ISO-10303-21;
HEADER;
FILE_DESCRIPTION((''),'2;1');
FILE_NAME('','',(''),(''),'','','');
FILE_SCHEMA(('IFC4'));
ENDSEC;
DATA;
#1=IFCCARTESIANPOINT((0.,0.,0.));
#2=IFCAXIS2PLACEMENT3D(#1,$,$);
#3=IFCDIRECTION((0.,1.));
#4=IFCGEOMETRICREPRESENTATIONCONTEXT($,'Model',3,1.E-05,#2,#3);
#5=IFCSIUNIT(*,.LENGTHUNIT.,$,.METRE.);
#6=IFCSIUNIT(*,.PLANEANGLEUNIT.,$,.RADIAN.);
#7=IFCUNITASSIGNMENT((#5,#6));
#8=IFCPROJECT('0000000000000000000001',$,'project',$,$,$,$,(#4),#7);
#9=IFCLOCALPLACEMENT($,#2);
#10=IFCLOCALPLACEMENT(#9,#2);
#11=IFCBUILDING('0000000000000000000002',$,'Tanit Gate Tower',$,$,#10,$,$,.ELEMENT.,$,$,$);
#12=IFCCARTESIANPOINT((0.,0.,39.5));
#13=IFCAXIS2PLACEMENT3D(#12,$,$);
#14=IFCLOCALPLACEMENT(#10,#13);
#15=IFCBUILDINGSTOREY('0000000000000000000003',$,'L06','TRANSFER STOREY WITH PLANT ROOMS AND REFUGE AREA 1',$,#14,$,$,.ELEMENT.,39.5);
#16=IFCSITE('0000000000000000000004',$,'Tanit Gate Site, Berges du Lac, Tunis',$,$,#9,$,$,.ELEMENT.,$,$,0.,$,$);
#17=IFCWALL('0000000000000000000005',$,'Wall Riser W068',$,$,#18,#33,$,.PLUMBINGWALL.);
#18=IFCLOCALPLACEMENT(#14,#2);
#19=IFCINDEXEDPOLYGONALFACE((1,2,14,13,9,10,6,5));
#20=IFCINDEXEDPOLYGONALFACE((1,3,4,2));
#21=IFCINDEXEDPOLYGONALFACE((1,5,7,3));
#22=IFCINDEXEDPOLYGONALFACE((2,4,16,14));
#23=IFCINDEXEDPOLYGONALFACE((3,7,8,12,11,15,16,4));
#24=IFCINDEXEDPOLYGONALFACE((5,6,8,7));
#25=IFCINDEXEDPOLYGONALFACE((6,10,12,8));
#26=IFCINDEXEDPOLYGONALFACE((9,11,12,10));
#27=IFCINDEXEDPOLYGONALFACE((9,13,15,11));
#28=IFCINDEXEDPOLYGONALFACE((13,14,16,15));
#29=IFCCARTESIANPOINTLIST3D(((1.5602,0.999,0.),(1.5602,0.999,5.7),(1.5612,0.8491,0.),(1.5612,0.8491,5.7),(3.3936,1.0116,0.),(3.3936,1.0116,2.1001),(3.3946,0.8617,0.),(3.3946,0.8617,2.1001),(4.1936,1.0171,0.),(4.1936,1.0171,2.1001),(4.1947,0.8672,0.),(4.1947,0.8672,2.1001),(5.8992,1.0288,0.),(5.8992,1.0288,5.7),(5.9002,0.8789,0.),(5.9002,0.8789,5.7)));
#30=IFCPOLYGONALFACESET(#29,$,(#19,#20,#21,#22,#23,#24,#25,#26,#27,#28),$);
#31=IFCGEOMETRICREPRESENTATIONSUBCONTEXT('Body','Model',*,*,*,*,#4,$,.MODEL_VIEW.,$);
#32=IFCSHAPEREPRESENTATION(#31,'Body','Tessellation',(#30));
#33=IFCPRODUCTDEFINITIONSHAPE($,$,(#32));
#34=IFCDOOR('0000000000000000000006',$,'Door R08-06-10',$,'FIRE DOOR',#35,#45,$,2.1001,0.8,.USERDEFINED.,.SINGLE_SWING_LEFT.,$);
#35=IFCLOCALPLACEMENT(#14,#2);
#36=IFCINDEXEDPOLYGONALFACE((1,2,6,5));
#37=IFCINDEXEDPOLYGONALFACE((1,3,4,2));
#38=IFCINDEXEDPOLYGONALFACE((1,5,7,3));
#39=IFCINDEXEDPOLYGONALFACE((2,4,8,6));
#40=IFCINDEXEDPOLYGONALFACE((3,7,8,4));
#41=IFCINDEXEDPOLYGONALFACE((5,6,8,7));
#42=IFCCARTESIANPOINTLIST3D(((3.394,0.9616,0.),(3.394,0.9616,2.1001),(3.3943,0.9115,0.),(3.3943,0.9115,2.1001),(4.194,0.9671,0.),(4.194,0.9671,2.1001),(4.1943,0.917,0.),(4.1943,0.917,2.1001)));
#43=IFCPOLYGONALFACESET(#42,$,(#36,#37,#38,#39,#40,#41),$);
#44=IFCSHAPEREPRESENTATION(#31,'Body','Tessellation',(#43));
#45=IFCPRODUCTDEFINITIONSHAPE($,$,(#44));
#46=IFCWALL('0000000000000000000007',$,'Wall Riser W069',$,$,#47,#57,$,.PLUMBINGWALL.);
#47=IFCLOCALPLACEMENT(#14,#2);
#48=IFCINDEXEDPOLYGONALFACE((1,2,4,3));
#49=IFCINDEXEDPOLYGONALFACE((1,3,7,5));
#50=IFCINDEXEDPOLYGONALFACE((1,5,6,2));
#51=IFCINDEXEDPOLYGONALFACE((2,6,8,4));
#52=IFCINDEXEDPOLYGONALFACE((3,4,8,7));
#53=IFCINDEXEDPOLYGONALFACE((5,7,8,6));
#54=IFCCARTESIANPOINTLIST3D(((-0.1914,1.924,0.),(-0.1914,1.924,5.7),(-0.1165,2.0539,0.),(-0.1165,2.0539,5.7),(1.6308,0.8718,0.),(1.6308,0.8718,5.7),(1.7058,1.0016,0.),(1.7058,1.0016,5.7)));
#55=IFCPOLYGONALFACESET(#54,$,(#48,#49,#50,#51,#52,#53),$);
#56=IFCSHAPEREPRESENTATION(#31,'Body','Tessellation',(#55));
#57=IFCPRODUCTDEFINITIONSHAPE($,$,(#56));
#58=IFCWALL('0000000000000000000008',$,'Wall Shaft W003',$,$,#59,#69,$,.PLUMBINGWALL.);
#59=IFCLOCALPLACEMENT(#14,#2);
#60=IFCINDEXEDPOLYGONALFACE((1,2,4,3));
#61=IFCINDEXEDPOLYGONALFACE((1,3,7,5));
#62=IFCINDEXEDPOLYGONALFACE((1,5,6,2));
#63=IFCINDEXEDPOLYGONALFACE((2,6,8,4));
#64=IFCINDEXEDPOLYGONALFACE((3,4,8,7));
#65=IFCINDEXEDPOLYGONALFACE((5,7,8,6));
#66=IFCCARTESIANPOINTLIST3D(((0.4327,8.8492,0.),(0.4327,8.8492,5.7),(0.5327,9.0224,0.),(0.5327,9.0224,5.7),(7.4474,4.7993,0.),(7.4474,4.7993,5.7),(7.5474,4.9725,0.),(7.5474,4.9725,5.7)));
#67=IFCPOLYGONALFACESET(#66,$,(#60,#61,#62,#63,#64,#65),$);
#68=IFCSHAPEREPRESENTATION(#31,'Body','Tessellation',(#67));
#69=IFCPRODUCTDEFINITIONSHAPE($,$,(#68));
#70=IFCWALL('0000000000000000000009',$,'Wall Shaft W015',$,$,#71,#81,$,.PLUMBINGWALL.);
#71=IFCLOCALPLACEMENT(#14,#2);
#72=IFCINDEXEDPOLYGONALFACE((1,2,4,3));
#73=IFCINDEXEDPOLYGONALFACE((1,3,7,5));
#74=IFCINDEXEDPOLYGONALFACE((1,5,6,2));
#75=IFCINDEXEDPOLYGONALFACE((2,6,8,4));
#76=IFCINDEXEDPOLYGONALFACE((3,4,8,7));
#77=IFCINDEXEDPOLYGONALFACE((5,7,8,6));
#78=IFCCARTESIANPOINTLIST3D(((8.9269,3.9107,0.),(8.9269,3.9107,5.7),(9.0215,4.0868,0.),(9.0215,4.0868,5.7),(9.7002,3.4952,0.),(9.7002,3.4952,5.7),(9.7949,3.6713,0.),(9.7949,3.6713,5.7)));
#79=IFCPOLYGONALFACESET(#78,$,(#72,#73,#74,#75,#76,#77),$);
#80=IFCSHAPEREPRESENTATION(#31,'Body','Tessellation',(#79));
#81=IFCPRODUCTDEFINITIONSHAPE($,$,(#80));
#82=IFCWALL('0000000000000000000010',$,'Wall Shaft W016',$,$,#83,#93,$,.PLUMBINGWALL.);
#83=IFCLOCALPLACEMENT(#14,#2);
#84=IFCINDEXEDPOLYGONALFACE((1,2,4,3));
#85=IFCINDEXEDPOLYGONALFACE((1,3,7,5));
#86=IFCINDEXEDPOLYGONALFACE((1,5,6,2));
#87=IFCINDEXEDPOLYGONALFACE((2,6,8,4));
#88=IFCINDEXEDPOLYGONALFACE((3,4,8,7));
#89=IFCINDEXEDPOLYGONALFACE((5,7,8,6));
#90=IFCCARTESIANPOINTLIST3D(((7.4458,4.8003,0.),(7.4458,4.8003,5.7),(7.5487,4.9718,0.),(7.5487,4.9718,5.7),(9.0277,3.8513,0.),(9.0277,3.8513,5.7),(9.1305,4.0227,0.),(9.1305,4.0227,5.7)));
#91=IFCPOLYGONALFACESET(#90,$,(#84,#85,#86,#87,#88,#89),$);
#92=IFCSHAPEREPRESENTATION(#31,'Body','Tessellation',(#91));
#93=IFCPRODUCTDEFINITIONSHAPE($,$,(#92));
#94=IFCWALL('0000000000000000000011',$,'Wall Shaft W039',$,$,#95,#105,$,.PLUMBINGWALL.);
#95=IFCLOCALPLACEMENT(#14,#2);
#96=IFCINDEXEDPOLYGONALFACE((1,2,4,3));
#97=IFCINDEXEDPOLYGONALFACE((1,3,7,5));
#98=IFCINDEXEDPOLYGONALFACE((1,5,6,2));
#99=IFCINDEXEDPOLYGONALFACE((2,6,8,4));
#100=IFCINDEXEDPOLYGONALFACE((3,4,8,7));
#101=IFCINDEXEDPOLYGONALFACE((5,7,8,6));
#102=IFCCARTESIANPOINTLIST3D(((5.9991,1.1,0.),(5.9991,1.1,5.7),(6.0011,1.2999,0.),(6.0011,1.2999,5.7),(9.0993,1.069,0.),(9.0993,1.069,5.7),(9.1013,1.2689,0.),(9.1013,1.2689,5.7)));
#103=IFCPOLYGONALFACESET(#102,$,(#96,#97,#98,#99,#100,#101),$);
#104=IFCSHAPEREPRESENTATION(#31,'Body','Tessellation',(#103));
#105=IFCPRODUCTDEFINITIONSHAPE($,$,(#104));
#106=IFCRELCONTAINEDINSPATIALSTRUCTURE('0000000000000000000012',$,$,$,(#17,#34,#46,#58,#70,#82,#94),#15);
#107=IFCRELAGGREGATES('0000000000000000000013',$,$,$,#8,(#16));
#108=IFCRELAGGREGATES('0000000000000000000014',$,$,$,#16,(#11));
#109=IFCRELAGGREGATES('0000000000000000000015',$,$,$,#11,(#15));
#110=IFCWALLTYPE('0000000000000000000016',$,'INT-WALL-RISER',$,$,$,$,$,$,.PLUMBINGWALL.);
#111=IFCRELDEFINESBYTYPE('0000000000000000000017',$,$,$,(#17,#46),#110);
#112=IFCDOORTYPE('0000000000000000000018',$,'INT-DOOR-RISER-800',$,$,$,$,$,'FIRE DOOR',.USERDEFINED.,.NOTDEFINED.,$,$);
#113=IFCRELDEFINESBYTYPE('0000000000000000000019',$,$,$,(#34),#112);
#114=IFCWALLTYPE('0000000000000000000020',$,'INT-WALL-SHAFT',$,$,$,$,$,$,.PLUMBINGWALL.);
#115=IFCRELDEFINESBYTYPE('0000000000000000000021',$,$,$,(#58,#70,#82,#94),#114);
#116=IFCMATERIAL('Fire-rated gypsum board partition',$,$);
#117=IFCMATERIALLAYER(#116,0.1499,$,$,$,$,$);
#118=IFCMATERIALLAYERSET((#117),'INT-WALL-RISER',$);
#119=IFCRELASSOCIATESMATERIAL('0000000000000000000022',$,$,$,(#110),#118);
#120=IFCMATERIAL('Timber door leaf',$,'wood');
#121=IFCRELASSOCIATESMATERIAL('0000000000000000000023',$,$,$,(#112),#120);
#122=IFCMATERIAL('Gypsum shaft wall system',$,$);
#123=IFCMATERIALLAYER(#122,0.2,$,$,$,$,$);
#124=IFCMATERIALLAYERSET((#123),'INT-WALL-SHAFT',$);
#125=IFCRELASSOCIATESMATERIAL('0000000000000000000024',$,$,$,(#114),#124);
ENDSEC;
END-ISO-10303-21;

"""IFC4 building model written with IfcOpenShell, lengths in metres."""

from ifc_helpers import new_model, si_unit, direction, frame, frame_2d, origin, place, context, subcontext, project, spatial, rectangle, extrude, material, layer, layer_set, type_object, element, fill, save


model = new_model("IFC4")

# Units and contexts
model_context = context("Model", 3, precision=1e-05, world=origin(), true_north=direction((0.0, 1.0)))
body_context = subcontext(model_context, "Body", "Model", "MODEL_VIEW")
ifc_project = project(units=[si_unit("LENGTHUNIT", "METRE"), si_unit("PLANEANGLEUNIT", "RADIAN")], contexts=[model_context])

# Site, building, storey
site_placement = place(None, origin())
site = spatial("IfcSite", under=ifc_project, at=site_placement, Name="Tanit Gate Site, Berges du Lac, Tunis", CompositionType="ELEMENT", RefElevation=0.0)
building_placement = place(site_placement, origin())
building = spatial("IfcBuilding", under=site, at=building_placement, Name="Tanit Gate Tower", CompositionType="ELEMENT")
storey_placement = place(building_placement, frame((0.0, 0.0, 39.5)))
storey = spatial("IfcBuildingStorey", under=building, at=storey_placement, Name="L06", Description="TRANSFER STOREY WITH PLANT ROOMS AND REFUGE AREA 1", CompositionType="ELEMENT", Elevation=39.5)

# Wall, opening, door
ifc_material_1 = material(Name="Fire-rated gypsum board partition")
ifc_layer_1 = layer(ifc_material_1, 0.1499)
ifc_layer_set_1 = layer_set([ifc_layer_1], Name="INT-WALL-RISER")
wall_type_1 = type_object("IfcWallType", Name="INT-WALL-RISER", PredefinedType="PLUMBINGWALL", material=ifc_layer_set_1)
wall_1_placement = place(storey_placement, frame((1.5608, 0.9241, 0.0), z_axis=(0.0, 0.0, 1.0), x_axis=(0.999976, 0.006864, 0.0)))
wall_1 = element("IfcWall", 1, at=wall_1_placement, inside=storey, type_object=wall_type_1, Name="Wall Riser W068", PredefinedType="PLUMBINGWALL", context=body_context, shape_type="SweptSolid", body=[
    extrude(rectangle(XDim=4.3391, YDim=0.1499, at=frame_2d((2.1694, 0.0))), origin(), (0.0, 0.0, 1.0), 5.7),
])
opening_1_placement = place(wall_1_placement, frame((1.8335, 0.0, 0.0)))
opening_1 = element("IfcOpeningElement", 2, at=opening_1_placement, cuts=wall_1, PredefinedType="OPENING", context=body_context, shape_type="SweptSolid", body=[
    extrude(rectangle(XDim=0.8, YDim=2.1001, at=frame_2d((0.3999, 1.05))), frame((0.0, 0.085, 0.0), z_axis=(0.0, -1.0, 0.0), x_axis=(1.0, 0.0, 0.0)), (0.0, 0.0, 1.0), 0.1699),
])
ifc_material_2 = material(Name="Timber door leaf", Category="wood")
door_type_1 = type_object("IfcDoorType", Name="INT-DOOR-RISER-800", ElementType="FIRE DOOR", OperationType="NOTDEFINED", PredefinedType="USERDEFINED", material=ifc_material_2)
door_1_placement = place(opening_1_placement, origin())
door_1 = element("IfcDoor", 3, at=door_1_placement, inside=storey, type_object=door_type_1, Name="Door R08-06-10", ObjectType="FIRE DOOR", OperationType="SINGLE_SWING_LEFT", OverallHeight=2.1001, OverallWidth=0.8, PredefinedType="USERDEFINED", context=body_context, shape_type="SweptSolid", body=[
    extrude(rectangle(XDim=0.8, YDim=2.1001, at=frame_2d((0.3999, 1.05))), frame((0.0, 0.0249, 0.0), z_axis=(0.0, -1.0, 0.0), x_axis=(1.0, 0.0, 0.0)), (0.0, 0.0, 1.0), 0.05),
])
fill(opening_1, door_1)

# Walls
wall_2_placement = place(storey_placement, frame((-0.1541, 1.989, 0.0), z_axis=(0.0, 0.0, 1.0), x_axis=(0.865992, -0.500057, 0.0)))
element("IfcWall", 4, at=wall_2_placement, inside=storey, type_object=wall_type_1, Name="Wall Riser W069", PredefinedType="PLUMBINGWALL", context=body_context, shape_type="SweptSolid", body=[
    extrude(rectangle(XDim=2.1042, YDim=0.1499, at=frame_2d((1.0522, 0.0))), origin(), (0.0, 0.0, 1.0), 5.7),
])
ifc_material_3 = material(Name="Gypsum shaft wall system")
ifc_layer_2 = layer(ifc_material_3, 0.2)
ifc_layer_set_2 = layer_set([ifc_layer_2], Name="INT-WALL-SHAFT")
wall_type_2 = type_object("IfcWallType", Name="INT-WALL-SHAFT", PredefinedType="PLUMBINGWALL", material=ifc_layer_set_2)
wall_3_placement = place(storey_placement, frame((7.4973, 4.886, 0.0), z_axis=(0.0, 0.0, 1.0), x_axis=(-0.866031, 0.49999, 0.0)))
element("IfcWall", 5, at=wall_3_placement, inside=storey, type_object=wall_type_2, Name="Wall Shaft W003", PredefinedType="PLUMBINGWALL", context=body_context, shape_type="SweptSolid", body=[
    extrude(rectangle(XDim=8.0999, YDim=0.2, at=frame_2d((4.0498, 0.0))), origin(), (0.0, 0.0, 1.0), 5.7),
])
wall_4_placement = place(storey_placement, frame((9.7476, 3.5833, 0.0), z_axis=(0.0, 0.0, 1.0), x_axis=(-0.880917, 0.473271, 0.0)))
element("IfcWall", 6, at=wall_4_placement, inside=storey, type_object=wall_type_2, Name="Wall Shaft W015", PredefinedType="PLUMBINGWALL", context=body_context, shape_type="SweptSolid", body=[
    extrude(rectangle(XDim=0.8779, YDim=0.2, at=frame_2d((0.439, 0.0))), origin(), (0.0, 0.0, 1.0), 5.7),
])
wall_5_placement = place(storey_placement, frame((9.0791, 3.937, 0.0), z_axis=(0.0, 0.0, 1.0), x_axis=(-0.857516, 0.514457, 0.0)))
element("IfcWall", 7, at=wall_5_placement, inside=storey, type_object=wall_type_2, Name="Wall Shaft W016", PredefinedType="PLUMBINGWALL", context=body_context, shape_type="SweptSolid", body=[
    extrude(rectangle(XDim=1.8447, YDim=0.2, at=frame_2d((0.9224, 0.0))), origin(), (0.0, 0.0, 1.0), 5.7),
])

# Wall
wall_6_placement = place(storey_placement, frame((6.0, 1.2, 0.0), z_axis=(0.0, 0.0, 1.0), x_axis=(0.99995, -0.010001, 0.0)))
element("IfcWall", 8, at=wall_6_placement, inside=storey, type_object=wall_type_2, Name="Wall Shaft W039", PredefinedType="PLUMBINGWALL", context=body_context, shape_type="SweptSolid", body=[
    extrude(rectangle(XDim=3.1003, YDim=0.2, at=frame_2d((1.5503, 0.0))), origin(), (0.0, 0.0, 1.0), 5.7),
])

save(model, "model.ifc")
